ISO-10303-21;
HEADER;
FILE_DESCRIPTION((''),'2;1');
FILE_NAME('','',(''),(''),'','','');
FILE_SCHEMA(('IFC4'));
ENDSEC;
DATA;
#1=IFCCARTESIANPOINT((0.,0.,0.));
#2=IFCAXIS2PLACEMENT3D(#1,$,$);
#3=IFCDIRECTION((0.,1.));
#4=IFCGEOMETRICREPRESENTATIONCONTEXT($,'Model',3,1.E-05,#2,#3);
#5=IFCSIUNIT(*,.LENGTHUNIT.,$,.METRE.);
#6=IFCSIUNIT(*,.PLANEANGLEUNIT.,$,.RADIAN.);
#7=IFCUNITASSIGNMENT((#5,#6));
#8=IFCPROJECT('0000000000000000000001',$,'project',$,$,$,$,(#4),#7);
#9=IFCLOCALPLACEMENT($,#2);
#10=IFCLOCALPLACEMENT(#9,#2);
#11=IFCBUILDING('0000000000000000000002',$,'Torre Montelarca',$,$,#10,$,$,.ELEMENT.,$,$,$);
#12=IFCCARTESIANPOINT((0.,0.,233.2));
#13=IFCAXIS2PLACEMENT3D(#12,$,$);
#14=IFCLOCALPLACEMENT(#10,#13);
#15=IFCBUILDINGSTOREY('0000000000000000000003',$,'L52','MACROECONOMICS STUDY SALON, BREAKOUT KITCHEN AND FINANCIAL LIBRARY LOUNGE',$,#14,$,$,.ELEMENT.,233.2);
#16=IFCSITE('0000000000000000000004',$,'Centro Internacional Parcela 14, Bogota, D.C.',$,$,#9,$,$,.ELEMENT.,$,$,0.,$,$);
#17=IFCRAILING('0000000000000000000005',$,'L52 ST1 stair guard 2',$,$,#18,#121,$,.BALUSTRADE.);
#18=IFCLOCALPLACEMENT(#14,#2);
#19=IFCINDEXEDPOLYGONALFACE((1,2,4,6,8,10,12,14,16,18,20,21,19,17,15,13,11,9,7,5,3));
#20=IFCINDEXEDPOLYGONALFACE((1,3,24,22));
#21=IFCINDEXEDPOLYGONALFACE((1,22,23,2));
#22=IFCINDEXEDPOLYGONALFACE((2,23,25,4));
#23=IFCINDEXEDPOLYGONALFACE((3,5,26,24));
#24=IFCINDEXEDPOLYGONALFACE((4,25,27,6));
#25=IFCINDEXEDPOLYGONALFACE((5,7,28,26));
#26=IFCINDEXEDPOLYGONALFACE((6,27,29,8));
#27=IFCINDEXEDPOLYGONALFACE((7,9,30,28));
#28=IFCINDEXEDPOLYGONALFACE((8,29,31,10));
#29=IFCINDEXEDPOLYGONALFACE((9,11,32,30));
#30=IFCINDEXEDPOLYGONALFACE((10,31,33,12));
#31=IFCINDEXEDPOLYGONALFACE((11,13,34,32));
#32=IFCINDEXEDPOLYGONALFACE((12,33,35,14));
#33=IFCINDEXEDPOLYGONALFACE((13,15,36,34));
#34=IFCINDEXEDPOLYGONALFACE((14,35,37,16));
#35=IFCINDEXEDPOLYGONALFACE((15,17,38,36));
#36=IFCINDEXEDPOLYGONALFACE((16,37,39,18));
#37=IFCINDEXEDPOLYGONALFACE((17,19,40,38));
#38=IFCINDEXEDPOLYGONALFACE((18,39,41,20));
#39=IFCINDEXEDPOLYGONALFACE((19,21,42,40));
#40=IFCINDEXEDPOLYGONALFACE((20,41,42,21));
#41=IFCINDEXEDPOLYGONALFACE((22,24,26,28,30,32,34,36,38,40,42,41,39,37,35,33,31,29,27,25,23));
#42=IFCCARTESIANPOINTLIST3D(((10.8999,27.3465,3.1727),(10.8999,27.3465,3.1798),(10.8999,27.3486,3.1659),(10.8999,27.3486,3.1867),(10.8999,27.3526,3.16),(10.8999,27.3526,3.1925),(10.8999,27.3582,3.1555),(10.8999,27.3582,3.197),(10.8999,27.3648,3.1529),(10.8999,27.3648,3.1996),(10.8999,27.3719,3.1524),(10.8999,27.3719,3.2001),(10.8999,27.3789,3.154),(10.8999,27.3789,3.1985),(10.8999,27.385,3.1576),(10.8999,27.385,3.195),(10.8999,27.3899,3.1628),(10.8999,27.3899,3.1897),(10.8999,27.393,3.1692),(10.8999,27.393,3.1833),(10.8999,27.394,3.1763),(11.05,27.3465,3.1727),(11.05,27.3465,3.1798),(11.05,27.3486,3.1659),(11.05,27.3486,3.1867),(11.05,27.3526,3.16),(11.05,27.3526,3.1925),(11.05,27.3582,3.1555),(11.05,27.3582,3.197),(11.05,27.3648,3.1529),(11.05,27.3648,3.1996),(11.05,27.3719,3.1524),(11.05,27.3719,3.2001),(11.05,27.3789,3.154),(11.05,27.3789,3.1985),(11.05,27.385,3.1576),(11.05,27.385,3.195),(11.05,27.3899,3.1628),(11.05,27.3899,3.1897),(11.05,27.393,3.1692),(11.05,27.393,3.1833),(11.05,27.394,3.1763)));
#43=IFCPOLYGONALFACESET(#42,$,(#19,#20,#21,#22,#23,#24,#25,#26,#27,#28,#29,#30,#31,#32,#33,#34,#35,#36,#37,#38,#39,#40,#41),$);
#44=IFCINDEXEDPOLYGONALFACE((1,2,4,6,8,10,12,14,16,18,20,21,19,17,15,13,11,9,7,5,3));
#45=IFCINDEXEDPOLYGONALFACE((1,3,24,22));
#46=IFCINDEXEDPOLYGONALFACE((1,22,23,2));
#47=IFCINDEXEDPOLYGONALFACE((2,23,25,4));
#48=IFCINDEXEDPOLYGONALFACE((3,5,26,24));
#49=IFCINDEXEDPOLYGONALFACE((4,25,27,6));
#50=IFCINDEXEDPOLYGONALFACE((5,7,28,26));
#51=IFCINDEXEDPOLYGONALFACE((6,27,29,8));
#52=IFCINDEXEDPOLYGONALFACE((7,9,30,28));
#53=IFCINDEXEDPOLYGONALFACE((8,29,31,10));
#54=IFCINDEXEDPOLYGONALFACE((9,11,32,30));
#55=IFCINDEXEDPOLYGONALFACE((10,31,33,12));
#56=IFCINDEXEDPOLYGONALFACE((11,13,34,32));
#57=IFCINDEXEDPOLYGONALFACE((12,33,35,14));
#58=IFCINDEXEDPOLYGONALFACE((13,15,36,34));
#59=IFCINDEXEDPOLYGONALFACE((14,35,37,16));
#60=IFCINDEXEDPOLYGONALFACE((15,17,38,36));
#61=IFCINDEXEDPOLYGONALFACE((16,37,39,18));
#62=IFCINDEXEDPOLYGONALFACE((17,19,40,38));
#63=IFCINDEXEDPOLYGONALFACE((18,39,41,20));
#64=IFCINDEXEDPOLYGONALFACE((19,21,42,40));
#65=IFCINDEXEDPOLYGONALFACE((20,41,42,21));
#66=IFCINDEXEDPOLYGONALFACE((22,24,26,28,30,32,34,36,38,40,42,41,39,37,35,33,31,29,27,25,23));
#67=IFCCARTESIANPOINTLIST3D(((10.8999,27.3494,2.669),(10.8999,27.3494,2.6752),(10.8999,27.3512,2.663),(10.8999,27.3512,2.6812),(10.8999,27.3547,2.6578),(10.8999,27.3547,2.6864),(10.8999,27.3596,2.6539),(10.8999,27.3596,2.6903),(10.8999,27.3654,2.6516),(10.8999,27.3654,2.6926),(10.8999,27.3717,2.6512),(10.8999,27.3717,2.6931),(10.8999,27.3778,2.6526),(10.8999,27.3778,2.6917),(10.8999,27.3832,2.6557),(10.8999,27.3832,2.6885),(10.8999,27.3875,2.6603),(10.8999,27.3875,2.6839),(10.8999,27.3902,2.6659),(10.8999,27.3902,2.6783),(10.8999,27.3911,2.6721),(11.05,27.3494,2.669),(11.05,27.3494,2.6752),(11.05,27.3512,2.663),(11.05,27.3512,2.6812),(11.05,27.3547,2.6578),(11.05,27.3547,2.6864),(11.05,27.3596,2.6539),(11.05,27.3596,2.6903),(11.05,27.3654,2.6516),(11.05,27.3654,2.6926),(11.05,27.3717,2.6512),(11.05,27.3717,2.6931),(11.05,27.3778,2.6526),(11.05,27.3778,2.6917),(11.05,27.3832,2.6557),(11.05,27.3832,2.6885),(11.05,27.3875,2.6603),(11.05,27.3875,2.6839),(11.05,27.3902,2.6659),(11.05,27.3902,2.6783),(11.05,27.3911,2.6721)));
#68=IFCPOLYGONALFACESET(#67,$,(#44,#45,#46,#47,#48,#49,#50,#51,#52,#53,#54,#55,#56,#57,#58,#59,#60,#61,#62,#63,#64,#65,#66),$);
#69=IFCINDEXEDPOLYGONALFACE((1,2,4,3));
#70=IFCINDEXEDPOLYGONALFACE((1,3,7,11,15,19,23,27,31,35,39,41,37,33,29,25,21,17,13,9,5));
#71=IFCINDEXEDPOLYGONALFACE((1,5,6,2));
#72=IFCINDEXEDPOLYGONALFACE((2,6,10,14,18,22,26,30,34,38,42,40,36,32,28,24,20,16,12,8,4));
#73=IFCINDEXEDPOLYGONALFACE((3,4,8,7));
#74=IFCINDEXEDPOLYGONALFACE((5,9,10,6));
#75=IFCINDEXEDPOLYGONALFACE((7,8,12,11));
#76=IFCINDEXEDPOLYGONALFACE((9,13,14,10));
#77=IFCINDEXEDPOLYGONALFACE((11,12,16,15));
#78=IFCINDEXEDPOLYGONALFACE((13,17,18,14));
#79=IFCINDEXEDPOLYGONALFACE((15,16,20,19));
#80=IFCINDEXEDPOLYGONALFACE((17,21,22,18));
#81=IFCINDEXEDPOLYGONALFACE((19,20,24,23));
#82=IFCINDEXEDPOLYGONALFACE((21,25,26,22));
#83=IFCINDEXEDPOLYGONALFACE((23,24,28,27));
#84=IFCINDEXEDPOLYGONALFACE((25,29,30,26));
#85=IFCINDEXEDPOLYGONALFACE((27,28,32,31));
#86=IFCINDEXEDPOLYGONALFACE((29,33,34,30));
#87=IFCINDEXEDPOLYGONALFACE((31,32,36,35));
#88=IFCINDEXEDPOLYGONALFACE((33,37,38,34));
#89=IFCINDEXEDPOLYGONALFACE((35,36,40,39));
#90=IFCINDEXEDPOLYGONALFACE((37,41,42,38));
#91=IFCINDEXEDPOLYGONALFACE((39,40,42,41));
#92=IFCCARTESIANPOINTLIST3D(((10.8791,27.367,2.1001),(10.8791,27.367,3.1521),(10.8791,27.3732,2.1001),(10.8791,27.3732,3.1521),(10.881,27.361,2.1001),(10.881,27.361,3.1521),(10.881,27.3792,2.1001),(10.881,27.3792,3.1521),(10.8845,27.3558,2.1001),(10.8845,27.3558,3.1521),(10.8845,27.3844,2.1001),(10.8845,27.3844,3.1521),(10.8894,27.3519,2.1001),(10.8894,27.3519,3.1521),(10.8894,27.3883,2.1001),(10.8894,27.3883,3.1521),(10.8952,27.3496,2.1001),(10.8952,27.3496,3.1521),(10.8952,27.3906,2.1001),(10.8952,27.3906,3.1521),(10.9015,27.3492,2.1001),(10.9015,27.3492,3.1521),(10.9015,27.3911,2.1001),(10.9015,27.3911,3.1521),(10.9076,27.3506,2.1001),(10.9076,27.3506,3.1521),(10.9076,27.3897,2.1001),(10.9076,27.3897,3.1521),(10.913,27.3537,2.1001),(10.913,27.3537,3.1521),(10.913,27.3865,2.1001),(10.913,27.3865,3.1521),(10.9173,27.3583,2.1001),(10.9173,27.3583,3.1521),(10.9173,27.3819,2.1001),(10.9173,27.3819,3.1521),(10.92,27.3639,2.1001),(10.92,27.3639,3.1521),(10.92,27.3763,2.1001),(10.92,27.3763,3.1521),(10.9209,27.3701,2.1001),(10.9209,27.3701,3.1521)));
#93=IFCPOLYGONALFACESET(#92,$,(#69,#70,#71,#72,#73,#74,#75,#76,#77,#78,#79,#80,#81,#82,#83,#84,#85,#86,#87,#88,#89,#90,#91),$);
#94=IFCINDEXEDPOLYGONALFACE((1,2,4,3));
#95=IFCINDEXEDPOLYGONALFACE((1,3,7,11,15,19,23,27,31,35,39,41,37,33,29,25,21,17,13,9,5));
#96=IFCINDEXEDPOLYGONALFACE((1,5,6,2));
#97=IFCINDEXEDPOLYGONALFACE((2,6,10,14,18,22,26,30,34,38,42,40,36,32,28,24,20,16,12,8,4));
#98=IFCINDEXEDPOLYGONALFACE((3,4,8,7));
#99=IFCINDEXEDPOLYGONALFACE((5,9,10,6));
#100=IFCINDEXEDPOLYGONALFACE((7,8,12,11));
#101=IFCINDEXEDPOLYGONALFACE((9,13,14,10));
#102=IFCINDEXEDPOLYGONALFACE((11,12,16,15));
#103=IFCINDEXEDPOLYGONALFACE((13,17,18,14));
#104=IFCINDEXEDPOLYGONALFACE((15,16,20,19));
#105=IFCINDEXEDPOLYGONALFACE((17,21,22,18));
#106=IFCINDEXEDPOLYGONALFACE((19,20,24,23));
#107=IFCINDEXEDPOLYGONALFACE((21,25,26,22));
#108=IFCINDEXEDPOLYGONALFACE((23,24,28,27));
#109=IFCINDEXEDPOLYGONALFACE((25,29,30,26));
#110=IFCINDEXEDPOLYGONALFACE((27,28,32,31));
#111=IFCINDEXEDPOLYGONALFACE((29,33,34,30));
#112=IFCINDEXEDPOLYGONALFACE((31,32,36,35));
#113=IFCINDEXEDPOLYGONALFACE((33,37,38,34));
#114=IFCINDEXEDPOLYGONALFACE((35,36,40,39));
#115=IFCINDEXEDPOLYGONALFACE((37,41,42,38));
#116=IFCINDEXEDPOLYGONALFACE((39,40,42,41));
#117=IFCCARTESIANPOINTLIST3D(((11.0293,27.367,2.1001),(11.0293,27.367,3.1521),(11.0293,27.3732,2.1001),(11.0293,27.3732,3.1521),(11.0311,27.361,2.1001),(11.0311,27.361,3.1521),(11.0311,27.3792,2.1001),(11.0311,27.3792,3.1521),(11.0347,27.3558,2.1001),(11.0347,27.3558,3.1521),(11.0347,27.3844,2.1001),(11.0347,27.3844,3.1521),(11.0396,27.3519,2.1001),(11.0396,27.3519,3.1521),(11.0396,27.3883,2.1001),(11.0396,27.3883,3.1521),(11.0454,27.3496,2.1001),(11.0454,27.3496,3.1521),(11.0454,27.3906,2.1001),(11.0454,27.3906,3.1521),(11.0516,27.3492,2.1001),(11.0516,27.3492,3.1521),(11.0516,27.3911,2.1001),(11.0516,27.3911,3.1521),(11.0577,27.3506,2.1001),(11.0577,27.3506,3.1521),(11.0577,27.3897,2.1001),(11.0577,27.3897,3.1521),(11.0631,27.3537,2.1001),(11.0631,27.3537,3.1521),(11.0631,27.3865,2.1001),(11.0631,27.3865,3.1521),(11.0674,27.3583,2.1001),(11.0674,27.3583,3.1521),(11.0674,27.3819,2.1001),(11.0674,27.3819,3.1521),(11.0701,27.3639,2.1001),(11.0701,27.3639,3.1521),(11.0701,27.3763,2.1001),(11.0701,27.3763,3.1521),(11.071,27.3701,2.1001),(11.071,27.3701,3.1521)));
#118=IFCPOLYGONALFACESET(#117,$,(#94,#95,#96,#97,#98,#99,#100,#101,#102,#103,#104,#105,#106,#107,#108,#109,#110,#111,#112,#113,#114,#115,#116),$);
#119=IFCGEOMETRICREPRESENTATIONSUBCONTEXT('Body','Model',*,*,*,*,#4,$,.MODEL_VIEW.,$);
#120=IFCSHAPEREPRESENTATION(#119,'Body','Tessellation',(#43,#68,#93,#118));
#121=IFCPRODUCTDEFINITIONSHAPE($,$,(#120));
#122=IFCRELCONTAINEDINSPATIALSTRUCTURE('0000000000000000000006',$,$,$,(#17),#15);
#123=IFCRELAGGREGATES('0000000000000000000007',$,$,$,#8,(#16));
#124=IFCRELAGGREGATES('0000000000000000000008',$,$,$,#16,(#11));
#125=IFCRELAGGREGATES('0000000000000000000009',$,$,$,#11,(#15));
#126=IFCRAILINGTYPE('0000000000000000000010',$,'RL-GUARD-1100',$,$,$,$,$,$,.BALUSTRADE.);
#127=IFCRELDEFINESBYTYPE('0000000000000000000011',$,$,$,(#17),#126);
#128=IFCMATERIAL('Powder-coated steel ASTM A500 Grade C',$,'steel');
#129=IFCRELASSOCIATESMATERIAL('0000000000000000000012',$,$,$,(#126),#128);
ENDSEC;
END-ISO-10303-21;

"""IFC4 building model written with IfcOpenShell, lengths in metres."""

from ifc_helpers import new_model, si_unit, direction, frame, origin, origin_2d, place, context, subcontext, project, spatial, circle, extrude, material, type_object, element, save


model = new_model("IFC4")

# Units and contexts
model_context = context("Model", 3, precision=1e-05, world=origin(), true_north=direction((0.0, 1.0)))
body_context = subcontext(model_context, "Body", "Model", "MODEL_VIEW")
ifc_project = project(units=[si_unit("LENGTHUNIT", "METRE"), si_unit("PLANEANGLEUNIT", "RADIAN")], contexts=[model_context])

# Site, building, storey
site_placement = place(None, origin())
site = spatial("IfcSite", under=ifc_project, at=site_placement, Name="Centro Internacional Parcela 14, Bogota, D.C.", CompositionType="ELEMENT", RefElevation=0.0)
building_placement = place(site_placement, origin())
building = spatial("IfcBuilding", under=site, at=building_placement, Name="Torre Montelarca", CompositionType="ELEMENT")
storey_placement = place(building_placement, frame((0.0, 0.0, 233.2)))
storey = spatial("IfcBuildingStorey", under=building, at=storey_placement, Name="L52", Description="MACROECONOMICS STUDY SALON, BREAKOUT KITCHEN AND FINANCIAL LIBRARY LOUNGE", CompositionType="ELEMENT", Elevation=233.2)

# Railing
ifc_material_1 = material(Name="Powder-coated steel ASTM A500 Grade C", Category="steel")
railing_type_1 = type_object("IfcRailingType", Name="RL-GUARD-1100", PredefinedType="BALUSTRADE", material=ifc_material_1)
railing_1_placement = place(storey_placement, frame((10.8999, 27.3701, 2.1001)))
element("IfcRailing", 1, at=railing_1_placement, inside=storey, type_object=railing_type_1, Name="L52 ST1 stair guard 2", PredefinedType="BALUSTRADE", context=body_context, shape_type="SweptSolid", body=[
    extrude(circle(Radius=0.0239, at=origin_2d()), frame((0.0, 0.0, 1.0762), z_axis=(1.0, 0.0, 0.0), x_axis=(0.0, 1.0, 0.0)), (0.0, 0.0, 1.0), 0.1501),
    extrude(circle(Radius=0.021, at=origin_2d()), frame((0.0, 0.0, 0.572), z_axis=(1.0, 0.0, 0.0), x_axis=(0.0, 1.0, 0.0)), (0.0, 0.0, 1.0), 0.1501),
    extrude(circle(Radius=0.021, at=origin_2d()), origin(), (0.0, 0.0, 1.0), 1.052),
    extrude(circle(Radius=0.021, at=origin_2d()), frame((0.1501, 0.0, 0.0)), (0.0, 0.0, 1.0), 1.052),
])

save(model, "model.ifc")
